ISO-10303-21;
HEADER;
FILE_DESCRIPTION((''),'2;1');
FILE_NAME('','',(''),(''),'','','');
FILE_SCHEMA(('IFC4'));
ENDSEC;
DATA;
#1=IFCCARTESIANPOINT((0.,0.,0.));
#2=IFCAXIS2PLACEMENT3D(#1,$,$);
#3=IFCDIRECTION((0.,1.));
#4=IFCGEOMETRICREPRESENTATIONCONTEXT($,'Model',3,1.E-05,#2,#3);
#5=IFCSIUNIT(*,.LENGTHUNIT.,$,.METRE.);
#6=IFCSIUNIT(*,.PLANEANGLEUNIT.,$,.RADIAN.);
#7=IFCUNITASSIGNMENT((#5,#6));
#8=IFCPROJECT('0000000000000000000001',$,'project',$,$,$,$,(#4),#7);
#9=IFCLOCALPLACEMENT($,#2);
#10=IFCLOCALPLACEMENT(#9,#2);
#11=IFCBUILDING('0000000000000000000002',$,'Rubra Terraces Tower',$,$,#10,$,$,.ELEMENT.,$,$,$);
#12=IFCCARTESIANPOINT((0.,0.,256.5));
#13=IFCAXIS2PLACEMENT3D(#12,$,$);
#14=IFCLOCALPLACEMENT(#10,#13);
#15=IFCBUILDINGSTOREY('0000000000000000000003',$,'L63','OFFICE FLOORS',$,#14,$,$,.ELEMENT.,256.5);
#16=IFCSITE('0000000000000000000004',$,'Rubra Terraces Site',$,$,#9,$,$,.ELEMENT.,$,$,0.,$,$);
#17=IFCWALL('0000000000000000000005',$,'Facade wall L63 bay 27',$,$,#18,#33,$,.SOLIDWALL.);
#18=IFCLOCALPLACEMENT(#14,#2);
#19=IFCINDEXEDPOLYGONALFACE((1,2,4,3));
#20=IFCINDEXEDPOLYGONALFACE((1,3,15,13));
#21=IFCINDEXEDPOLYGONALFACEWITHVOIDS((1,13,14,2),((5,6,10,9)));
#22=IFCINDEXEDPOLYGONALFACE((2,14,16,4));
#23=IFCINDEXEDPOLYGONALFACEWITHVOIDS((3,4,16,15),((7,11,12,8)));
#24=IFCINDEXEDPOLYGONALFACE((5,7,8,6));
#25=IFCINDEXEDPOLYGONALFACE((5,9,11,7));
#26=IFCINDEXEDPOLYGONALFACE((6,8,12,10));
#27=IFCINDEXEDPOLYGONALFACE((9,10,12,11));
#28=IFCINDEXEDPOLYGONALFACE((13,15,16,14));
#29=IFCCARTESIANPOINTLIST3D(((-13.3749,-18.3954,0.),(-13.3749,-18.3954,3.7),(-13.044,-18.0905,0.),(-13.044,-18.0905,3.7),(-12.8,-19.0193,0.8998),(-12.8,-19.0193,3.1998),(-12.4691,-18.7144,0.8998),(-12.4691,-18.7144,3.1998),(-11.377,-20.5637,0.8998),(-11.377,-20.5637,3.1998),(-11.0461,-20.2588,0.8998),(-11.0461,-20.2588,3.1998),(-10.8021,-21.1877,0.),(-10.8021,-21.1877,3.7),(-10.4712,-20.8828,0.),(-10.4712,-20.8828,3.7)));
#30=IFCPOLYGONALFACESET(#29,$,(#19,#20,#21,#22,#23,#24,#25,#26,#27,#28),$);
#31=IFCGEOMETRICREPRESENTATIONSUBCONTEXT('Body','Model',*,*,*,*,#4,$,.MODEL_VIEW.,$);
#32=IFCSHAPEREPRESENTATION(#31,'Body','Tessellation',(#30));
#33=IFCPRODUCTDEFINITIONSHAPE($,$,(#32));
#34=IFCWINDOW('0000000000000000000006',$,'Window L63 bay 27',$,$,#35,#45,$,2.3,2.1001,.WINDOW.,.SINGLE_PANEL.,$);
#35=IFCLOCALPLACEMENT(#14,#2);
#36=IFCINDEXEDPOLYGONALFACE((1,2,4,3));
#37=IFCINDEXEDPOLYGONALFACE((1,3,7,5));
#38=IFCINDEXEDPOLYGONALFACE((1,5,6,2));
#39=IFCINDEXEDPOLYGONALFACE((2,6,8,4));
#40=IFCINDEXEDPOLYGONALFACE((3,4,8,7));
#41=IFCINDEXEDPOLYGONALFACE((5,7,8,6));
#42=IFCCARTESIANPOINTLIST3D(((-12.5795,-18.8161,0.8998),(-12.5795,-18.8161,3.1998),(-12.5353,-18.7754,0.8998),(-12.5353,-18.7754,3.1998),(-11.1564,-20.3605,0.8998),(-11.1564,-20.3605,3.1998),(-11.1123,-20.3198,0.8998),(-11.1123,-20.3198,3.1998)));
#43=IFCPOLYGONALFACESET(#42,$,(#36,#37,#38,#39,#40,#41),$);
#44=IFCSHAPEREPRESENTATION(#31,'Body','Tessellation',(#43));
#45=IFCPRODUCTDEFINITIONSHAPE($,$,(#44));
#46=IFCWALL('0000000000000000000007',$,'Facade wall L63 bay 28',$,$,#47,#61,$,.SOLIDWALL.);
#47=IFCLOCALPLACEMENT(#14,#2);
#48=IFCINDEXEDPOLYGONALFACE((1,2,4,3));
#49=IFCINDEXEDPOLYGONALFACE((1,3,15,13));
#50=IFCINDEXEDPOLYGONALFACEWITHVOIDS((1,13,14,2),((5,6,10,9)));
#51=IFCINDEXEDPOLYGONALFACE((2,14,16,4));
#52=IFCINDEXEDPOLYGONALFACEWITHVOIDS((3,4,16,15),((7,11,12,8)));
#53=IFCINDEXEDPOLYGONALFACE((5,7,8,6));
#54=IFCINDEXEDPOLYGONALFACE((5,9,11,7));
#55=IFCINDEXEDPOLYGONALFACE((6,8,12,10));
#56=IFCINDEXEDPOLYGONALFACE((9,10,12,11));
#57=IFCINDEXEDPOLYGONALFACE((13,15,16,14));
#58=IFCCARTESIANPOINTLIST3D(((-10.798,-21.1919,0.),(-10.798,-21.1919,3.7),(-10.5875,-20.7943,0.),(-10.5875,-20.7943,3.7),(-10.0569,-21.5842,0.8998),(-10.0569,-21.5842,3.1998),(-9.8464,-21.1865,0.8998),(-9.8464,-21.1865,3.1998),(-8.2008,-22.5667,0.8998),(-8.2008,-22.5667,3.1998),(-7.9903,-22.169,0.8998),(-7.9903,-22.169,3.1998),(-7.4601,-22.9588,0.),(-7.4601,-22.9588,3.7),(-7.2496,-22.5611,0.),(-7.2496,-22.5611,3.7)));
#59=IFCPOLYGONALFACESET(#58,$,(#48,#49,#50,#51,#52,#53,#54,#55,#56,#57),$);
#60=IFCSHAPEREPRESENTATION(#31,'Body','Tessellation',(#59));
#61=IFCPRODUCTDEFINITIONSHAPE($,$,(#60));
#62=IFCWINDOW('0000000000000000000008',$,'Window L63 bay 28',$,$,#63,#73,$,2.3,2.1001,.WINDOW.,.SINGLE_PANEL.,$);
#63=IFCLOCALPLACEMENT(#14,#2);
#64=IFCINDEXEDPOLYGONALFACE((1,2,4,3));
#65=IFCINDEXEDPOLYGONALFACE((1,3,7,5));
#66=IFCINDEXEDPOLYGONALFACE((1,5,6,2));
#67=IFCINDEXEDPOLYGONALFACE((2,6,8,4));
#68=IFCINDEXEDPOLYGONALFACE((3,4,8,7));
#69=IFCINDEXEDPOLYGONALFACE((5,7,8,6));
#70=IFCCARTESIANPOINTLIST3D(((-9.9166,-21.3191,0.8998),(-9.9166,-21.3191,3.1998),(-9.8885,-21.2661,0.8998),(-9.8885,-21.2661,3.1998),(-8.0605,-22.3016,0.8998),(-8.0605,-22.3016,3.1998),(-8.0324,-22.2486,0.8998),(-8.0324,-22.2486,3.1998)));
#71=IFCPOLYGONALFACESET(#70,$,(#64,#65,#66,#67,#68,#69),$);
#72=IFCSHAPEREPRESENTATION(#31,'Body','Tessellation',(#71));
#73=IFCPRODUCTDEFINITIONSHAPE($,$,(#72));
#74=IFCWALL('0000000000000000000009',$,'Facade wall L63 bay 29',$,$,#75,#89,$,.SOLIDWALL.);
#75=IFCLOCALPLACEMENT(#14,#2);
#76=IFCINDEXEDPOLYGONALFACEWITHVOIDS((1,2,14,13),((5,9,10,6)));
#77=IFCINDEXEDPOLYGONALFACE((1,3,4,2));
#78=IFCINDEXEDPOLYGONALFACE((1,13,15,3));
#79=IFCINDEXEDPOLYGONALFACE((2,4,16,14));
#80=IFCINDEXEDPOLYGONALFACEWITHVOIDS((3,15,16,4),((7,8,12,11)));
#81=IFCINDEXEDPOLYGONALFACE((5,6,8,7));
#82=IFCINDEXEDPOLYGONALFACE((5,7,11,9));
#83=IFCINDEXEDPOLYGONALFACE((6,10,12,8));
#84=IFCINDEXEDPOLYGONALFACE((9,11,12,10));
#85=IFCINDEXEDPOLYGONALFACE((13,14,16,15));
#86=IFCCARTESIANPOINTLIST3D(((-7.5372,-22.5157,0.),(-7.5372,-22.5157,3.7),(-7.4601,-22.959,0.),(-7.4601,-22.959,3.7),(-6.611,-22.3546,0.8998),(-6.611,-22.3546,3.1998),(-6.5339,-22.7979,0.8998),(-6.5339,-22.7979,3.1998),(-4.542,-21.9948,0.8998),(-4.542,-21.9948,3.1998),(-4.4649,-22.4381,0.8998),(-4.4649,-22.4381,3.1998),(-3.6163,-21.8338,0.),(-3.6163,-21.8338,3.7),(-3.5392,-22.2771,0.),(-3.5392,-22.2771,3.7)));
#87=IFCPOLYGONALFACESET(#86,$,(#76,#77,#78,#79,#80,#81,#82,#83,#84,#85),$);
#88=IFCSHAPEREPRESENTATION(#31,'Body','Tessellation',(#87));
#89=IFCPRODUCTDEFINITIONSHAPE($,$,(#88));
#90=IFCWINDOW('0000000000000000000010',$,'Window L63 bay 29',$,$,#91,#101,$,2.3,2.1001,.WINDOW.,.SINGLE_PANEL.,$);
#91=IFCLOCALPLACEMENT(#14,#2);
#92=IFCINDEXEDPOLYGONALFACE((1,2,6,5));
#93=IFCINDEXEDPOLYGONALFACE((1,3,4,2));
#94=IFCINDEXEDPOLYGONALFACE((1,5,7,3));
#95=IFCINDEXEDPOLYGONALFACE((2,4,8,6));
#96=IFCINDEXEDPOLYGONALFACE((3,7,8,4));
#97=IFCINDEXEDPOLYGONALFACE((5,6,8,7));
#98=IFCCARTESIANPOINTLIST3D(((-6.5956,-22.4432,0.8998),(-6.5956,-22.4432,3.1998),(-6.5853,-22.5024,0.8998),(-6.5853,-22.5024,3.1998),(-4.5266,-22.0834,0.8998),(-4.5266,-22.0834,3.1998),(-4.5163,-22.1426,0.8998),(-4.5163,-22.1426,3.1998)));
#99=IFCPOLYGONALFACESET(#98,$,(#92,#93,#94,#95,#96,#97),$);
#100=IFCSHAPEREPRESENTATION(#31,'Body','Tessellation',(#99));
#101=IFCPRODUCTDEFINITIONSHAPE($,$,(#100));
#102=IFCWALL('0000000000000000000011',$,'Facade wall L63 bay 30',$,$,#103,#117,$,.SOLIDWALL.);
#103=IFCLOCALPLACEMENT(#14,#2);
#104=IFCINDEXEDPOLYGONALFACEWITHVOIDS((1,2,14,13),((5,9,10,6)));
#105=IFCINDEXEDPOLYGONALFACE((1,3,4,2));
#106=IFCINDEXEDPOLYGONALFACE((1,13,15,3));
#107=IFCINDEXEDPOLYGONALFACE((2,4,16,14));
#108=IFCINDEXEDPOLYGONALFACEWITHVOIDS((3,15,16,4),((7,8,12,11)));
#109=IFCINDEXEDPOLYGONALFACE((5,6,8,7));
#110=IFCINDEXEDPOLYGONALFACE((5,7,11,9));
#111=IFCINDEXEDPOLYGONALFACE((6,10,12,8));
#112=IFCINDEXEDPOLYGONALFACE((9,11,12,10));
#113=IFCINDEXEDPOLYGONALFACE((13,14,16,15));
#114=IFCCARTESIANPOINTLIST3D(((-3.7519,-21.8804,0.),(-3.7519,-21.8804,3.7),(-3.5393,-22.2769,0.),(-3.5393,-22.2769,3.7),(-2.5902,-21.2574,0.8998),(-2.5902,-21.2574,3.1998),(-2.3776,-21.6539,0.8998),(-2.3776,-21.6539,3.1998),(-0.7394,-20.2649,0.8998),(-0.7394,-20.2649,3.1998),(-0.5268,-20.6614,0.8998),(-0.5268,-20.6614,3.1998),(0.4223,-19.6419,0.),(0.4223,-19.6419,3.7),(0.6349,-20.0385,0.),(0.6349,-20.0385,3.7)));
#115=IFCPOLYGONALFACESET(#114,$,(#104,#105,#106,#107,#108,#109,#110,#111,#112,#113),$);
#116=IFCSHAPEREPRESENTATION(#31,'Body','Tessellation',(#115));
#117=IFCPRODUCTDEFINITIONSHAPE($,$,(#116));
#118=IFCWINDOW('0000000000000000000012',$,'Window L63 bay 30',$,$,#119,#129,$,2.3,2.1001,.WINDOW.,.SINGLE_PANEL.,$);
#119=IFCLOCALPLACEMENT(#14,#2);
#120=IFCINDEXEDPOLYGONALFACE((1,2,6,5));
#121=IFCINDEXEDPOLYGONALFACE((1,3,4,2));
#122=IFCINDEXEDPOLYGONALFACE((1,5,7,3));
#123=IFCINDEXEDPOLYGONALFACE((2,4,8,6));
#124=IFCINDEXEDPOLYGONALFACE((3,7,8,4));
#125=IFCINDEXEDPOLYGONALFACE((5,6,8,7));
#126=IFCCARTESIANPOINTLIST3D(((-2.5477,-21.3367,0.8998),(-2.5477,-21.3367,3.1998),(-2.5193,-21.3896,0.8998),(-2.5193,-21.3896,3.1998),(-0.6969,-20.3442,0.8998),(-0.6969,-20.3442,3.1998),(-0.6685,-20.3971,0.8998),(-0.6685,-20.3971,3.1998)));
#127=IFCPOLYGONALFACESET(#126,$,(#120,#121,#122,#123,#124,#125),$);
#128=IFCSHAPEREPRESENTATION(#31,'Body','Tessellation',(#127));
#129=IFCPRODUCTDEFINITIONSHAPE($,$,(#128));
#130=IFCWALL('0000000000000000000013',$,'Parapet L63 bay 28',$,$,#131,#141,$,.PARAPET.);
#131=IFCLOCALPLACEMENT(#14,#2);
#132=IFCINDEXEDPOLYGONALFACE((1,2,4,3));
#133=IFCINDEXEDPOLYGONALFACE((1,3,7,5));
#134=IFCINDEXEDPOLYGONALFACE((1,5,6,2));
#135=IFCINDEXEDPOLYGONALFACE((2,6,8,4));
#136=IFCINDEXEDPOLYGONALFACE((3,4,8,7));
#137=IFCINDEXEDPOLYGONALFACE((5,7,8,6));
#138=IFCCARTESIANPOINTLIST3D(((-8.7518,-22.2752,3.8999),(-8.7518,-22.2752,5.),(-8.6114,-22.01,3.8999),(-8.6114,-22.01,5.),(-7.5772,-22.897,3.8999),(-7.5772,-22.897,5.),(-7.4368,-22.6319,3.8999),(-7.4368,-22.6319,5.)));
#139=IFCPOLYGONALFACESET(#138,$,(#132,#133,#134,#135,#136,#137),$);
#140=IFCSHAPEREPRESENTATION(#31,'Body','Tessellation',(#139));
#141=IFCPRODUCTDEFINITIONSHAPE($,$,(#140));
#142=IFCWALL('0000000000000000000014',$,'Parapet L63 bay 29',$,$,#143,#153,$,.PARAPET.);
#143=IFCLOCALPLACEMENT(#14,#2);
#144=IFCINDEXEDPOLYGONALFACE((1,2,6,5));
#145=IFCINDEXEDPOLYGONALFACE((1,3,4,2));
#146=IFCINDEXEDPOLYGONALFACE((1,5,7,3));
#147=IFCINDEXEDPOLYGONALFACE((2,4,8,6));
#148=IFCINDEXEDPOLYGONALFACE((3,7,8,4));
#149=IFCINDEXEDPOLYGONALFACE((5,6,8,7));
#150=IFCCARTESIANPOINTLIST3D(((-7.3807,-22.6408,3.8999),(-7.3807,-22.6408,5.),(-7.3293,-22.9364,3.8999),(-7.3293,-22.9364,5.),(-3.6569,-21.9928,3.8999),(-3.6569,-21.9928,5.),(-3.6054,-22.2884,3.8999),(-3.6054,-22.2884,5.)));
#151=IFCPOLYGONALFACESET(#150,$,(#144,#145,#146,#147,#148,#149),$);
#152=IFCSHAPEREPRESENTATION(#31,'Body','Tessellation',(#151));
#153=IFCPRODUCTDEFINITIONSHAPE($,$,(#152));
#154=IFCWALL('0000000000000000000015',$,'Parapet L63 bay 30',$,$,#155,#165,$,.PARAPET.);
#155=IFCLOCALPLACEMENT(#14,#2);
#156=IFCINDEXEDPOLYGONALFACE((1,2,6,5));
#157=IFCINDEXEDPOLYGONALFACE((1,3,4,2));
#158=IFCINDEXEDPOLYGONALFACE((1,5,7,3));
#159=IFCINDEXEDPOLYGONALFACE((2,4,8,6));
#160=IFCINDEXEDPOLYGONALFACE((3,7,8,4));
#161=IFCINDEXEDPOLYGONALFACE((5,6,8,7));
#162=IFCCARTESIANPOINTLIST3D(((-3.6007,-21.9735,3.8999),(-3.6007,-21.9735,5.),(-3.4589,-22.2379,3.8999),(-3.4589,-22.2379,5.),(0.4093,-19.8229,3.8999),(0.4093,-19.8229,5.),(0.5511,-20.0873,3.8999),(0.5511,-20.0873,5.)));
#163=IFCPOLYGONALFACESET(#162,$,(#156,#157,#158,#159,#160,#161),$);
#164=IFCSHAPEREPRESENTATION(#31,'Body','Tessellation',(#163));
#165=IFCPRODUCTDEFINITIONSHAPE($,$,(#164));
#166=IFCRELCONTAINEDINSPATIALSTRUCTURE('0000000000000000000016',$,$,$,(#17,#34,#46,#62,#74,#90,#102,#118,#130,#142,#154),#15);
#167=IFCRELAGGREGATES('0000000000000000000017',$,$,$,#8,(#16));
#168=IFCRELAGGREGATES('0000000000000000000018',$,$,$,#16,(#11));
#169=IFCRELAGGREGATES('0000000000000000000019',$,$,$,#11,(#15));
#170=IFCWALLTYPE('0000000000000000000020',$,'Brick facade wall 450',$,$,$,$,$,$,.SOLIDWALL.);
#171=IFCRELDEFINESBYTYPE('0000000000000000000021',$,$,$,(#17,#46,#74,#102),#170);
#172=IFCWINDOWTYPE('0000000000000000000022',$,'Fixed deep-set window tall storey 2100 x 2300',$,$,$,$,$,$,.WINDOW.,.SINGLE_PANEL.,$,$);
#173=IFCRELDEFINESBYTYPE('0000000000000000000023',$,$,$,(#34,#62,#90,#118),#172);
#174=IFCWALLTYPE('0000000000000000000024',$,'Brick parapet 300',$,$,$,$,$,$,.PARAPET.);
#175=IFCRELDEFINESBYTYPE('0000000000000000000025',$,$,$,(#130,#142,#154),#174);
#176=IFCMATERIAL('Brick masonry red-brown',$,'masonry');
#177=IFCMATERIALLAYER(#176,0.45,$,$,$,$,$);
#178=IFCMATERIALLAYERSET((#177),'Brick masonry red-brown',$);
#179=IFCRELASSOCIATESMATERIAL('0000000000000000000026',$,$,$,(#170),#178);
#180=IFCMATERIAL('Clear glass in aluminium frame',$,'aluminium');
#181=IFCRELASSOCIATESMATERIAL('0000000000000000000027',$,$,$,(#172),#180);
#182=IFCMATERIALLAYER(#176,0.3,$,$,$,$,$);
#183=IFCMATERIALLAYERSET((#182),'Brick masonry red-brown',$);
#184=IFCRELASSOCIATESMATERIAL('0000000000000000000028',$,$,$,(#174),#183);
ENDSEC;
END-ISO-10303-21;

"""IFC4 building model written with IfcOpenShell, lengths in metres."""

from ifc_helpers import new_model, si_unit, direction, frame, frame_2d, origin, place, context, subcontext, project, spatial, rectangle, extrude, material, layer, layer_set, type_object, element, fill, save


model = new_model("IFC4")

# Units and contexts
model_context = context("Model", 3, precision=1e-05, world=origin(), true_north=direction((0.0, 1.0)))
body_context = subcontext(model_context, "Body", "Model", "MODEL_VIEW")
ifc_project = project(units=[si_unit("LENGTHUNIT", "METRE"), si_unit("PLANEANGLEUNIT", "RADIAN")], contexts=[model_context])

# Site, building, storey
site_placement = place(None, origin())
site = spatial("IfcSite", under=ifc_project, at=site_placement, Name="Rubra Terraces Site", CompositionType="ELEMENT", RefElevation=0.0)
building_placement = place(site_placement, origin())
building = spatial("IfcBuilding", under=site, at=building_placement, Name="Rubra Terraces Tower", CompositionType="ELEMENT")
storey_placement = place(building_placement, frame((0.0, 0.0, 256.5)))
storey = spatial("IfcBuildingStorey", under=building, at=storey_placement, Name="L63", Description="OFFICE FLOORS", CompositionType="ELEMENT", Elevation=256.5)

# Walls, openings, windows
ifc_material_1 = material(Name="Brick masonry red-brown", Category="masonry")
ifc_layer_1 = layer(ifc_material_1, 0.45)
ifc_layer_set_1 = layer_set([ifc_layer_1], Name="Brick masonry red-brown")
wall_type_1 = type_object("IfcWallType", Name="Brick facade wall 450", PredefinedType="SOLIDWALL", material=ifc_layer_set_1)
wall_1_placement = place(storey_placement, frame((-13.2095, -18.2429, 0.0), z_axis=(0.0, 0.0, 1.0), x_axis=(0.677612, -0.735419, 0.0)))
wall_1 = element("IfcWall", 1, at=wall_1_placement, inside=storey, type_object=wall_type_1, Name="Facade wall L63 bay 27", PredefinedType="SOLIDWALL", context=body_context, shape_type="SweptSolid", body=[
    extrude(rectangle(XDim=3.7969, YDim=0.45, at=frame_2d((1.8984, 0.0))), origin(), (0.0, 0.0, 1.0), 3.7),
])
opening_1_placement = place(wall_1_placement, frame((0.8484, 0.0, 0.8999)))
opening_1 = element("IfcOpeningElement", 2, at=opening_1_placement, cuts=wall_1, PredefinedType="OPENING", context=body_context, shape_type="SweptSolid", body=[
    extrude(rectangle(XDim=2.1001, YDim=2.3, at=frame_2d((1.05, 1.1499))), frame((0.0, 0.2349, 0.0), z_axis=(0.0, -1.0, 0.0), x_axis=(1.0, 0.0, 0.0)), (0.0, 0.0, 1.0), 0.47),
])
ifc_material_2 = material(Name="Clear glass in aluminium frame", Category="aluminium")
window_type = type_object("IfcWindowType", Name="Fixed deep-set window tall storey 2100 x 2300", PartitioningType="SINGLE_PANEL", PredefinedType="WINDOW", material=ifc_material_2)
window_1_placement = place(opening_1_placement, origin())
window_1 = element("IfcWindow", 3, at=window_1_placement, inside=storey, type_object=window_type, Name="Window L63 bay 27", OverallHeight=2.3, OverallWidth=2.1001, PartitioningType="SINGLE_PANEL", PredefinedType="WINDOW", context=body_context, shape_type="SweptSolid", body=[
    extrude(rectangle(XDim=2.1001, YDim=2.3, at=frame_2d((1.05, 1.1499))), frame((0.0, 0.135, 0.0), z_axis=(0.0, -1.0, 0.0), x_axis=(1.0, 0.0, 0.0)), (0.0, 0.0, 1.0), 0.0601),
])
fill(opening_1, window_1)
wall_2_placement = place(storey_placement, frame((-10.6926, -20.9932, 0.0), z_axis=(0.0, 0.0, 1.0), x_axis=(0.883818, -0.467831, 0.0)))
wall_2 = element("IfcWall", 4, at=wall_2_placement, inside=storey, type_object=wall_type_1, Name="Facade wall L63 bay 28", PredefinedType="SOLIDWALL", context=body_context, shape_type="SweptSolid", body=[
    extrude(rectangle(XDim=3.7766, YDim=0.45, at=frame_2d((1.8882, 0.0))), origin(), (0.0, 0.0, 1.0), 3.7),
])
opening_2_placement = place(wall_2_placement, frame((0.8384, 0.0, 0.8999)))
opening_2 = element("IfcOpeningElement", 5, at=opening_2_placement, cuts=wall_2, PredefinedType="OPENING", context=body_context, shape_type="SweptSolid", body=[
    extrude(rectangle(XDim=2.1001, YDim=2.3, at=frame_2d((1.05, 1.1499))), frame((0.0, 0.2349, 0.0), z_axis=(0.0, -1.0, 0.0), x_axis=(1.0, 0.0, 0.0)), (0.0, 0.0, 1.0), 0.47),
])
window_2_placement = place(opening_2_placement, origin())
window_2 = element("IfcWindow", 6, at=window_2_placement, inside=storey, type_object=window_type, Name="Window L63 bay 28", OverallHeight=2.3, OverallWidth=2.1001, PartitioningType="SINGLE_PANEL", PredefinedType="WINDOW", context=body_context, shape_type="SweptSolid", body=[
    extrude(rectangle(XDim=2.1001, YDim=2.3, at=frame_2d((1.05, 1.1499))), frame((0.0, 0.135, 0.0), z_axis=(0.0, -1.0, 0.0), x_axis=(1.0, 0.0, 0.0)), (0.0, 0.0, 1.0), 0.0601),
])
fill(opening_2, window_2)
wall_3_placement = place(storey_placement, frame((-7.4985, -22.7373, 0.0), z_axis=(0.0, 0.0, 1.0), x_axis=(0.985212, 0.171339, 0.0)))
wall_3 = element("IfcWall", 7, at=wall_3_placement, inside=storey, type_object=wall_type_1, Name="Facade wall L63 bay 29", PredefinedType="SOLIDWALL", context=body_context, shape_type="SweptSolid", body=[
    extrude(rectangle(XDim=3.9797, YDim=0.45, at=frame_2d((1.9897, 0.0))), origin(), (0.0, 0.0, 1.0), 3.7),
])
opening_3_placement = place(wall_3_placement, frame((0.9399, 0.0, 0.8999)))
opening_3 = element("IfcOpeningElement", 8, at=opening_3_placement, cuts=wall_3, PredefinedType="OPENING", context=body_context, shape_type="SweptSolid", body=[
    extrude(rectangle(XDim=2.1001, YDim=2.3, at=frame_2d((1.05, 1.1499))), frame((0.0, 0.2349, 0.0), z_axis=(0.0, -1.0, 0.0), x_axis=(1.0, 0.0, 0.0)), (0.0, 0.0, 1.0), 0.47),
])
window_3_placement = place(opening_3_placement, origin())
window_3 = element("IfcWindow", 9, at=window_3_placement, inside=storey, type_object=window_type, Name="Window L63 bay 29", OverallHeight=2.3, OverallWidth=2.1001, PartitioningType="SINGLE_PANEL", PredefinedType="WINDOW", context=body_context, shape_type="SweptSolid", body=[
    extrude(rectangle(XDim=2.1001, YDim=2.3, at=frame_2d((1.05, 1.1499))), frame((0.0, 0.135, 0.0), z_axis=(0.0, -1.0, 0.0), x_axis=(1.0, 0.0, 0.0)), (0.0, 0.0, 1.0), 0.0601),
])
fill(opening_3, window_3)
wall_4_placement = place(storey_placement, frame((-3.6455, -22.0786, 0.0), z_axis=(0.0, 0.0, 1.0), x_axis=(0.881279, 0.472596, 0.0)))
wall_4 = element("IfcWall", 10, at=wall_4_placement, inside=storey, type_object=wall_type_1, Name="Facade wall L63 bay 30", PredefinedType="SOLIDWALL", context=body_context, shape_type="SweptSolid", body=[
    extrude(rectangle(XDim=4.7366, YDim=0.45, at=frame_2d((2.3682, 0.0))), origin(), (0.0, 0.0, 1.0), 3.7),
])
opening_4_placement = place(wall_4_placement, frame((1.3181, 0.0, 0.8999)))
opening_4 = element("IfcOpeningElement", 11, at=opening_4_placement, cuts=wall_4, PredefinedType="OPENING", context=body_context, shape_type="SweptSolid", body=[
    extrude(rectangle(XDim=2.1001, YDim=2.3, at=frame_2d((1.05, 1.1499))), frame((0.0, 0.2349, 0.0), z_axis=(0.0, -1.0, 0.0), x_axis=(1.0, 0.0, 0.0)), (0.0, 0.0, 1.0), 0.47),
])
window_4_placement = place(opening_4_placement, origin())
window_4 = element("IfcWindow", 12, at=window_4_placement, inside=storey, type_object=window_type, Name="Window L63 bay 30", OverallHeight=2.3, OverallWidth=2.1001, PartitioningType="SINGLE_PANEL", PredefinedType="WINDOW", context=body_context, shape_type="SweptSolid", body=[
    extrude(rectangle(XDim=2.1001, YDim=2.3, at=frame_2d((1.05, 1.1499))), frame((0.0, 0.135, 0.0), z_axis=(0.0, -1.0, 0.0), x_axis=(1.0, 0.0, 0.0)), (0.0, 0.0, 1.0), 0.0601),
])
fill(opening_4, window_4)

# Walls
ifc_layer_2 = layer(ifc_material_1, 0.3)
ifc_layer_set_2 = layer_set([ifc_layer_2], Name="Brick masonry red-brown")
wall_type_2 = type_object("IfcWallType", Name="Brick parapet 300", PredefinedType="PARAPET", material=ifc_layer_set_2)
wall_5_placement = place(storey_placement, frame((-8.6816, -22.1426, 3.8999), z_axis=(0.0, 0.0, 1.0), x_axis=(0.883788, -0.467888, 0.0)))
element("IfcWall", 13, at=wall_5_placement, inside=storey, type_object=wall_type_2, Name="Parapet L63 bay 28", PredefinedType="PARAPET", context=body_context, shape_type="SweptSolid", body=[
    extrude(rectangle(XDim=1.3291, YDim=0.3, at=frame_2d((0.6646, 0.0))), origin(), (0.0, 0.0, 1.0), 1.1001),
])
wall_6_placement = place(storey_placement, frame((-7.355, -22.7886, 3.8999), z_axis=(0.0, 0.0, 1.0), x_axis=(0.985198, 0.171423, 0.0)))
element("IfcWall", 14, at=wall_6_placement, inside=storey, type_object=wall_type_2, Name="Parapet L63 bay 29", PredefinedType="PARAPET", context=body_context, shape_type="SweptSolid", body=[
    extrude(rectangle(XDim=3.7798, YDim=0.3, at=frame_2d((1.8899, 0.0))), origin(), (0.0, 0.0, 1.0), 1.1001),
])
wall_7_placement = place(storey_placement, frame((-3.5298, -22.1057, 3.8999), z_axis=(0.0, 0.0, 1.0), x_axis=(0.881259, 0.472634, 0.0)))
element("IfcWall", 15, at=wall_7_placement, inside=storey, type_object=wall_type_2, Name="Parapet L63 bay 30", PredefinedType="PARAPET", context=body_context, shape_type="SweptSolid", body=[
    extrude(rectangle(XDim=4.5503, YDim=0.3, at=frame_2d((2.2751, 0.0))), origin(), (0.0, 0.0, 1.0), 1.1001),
])

save(model, "model.ifc")
